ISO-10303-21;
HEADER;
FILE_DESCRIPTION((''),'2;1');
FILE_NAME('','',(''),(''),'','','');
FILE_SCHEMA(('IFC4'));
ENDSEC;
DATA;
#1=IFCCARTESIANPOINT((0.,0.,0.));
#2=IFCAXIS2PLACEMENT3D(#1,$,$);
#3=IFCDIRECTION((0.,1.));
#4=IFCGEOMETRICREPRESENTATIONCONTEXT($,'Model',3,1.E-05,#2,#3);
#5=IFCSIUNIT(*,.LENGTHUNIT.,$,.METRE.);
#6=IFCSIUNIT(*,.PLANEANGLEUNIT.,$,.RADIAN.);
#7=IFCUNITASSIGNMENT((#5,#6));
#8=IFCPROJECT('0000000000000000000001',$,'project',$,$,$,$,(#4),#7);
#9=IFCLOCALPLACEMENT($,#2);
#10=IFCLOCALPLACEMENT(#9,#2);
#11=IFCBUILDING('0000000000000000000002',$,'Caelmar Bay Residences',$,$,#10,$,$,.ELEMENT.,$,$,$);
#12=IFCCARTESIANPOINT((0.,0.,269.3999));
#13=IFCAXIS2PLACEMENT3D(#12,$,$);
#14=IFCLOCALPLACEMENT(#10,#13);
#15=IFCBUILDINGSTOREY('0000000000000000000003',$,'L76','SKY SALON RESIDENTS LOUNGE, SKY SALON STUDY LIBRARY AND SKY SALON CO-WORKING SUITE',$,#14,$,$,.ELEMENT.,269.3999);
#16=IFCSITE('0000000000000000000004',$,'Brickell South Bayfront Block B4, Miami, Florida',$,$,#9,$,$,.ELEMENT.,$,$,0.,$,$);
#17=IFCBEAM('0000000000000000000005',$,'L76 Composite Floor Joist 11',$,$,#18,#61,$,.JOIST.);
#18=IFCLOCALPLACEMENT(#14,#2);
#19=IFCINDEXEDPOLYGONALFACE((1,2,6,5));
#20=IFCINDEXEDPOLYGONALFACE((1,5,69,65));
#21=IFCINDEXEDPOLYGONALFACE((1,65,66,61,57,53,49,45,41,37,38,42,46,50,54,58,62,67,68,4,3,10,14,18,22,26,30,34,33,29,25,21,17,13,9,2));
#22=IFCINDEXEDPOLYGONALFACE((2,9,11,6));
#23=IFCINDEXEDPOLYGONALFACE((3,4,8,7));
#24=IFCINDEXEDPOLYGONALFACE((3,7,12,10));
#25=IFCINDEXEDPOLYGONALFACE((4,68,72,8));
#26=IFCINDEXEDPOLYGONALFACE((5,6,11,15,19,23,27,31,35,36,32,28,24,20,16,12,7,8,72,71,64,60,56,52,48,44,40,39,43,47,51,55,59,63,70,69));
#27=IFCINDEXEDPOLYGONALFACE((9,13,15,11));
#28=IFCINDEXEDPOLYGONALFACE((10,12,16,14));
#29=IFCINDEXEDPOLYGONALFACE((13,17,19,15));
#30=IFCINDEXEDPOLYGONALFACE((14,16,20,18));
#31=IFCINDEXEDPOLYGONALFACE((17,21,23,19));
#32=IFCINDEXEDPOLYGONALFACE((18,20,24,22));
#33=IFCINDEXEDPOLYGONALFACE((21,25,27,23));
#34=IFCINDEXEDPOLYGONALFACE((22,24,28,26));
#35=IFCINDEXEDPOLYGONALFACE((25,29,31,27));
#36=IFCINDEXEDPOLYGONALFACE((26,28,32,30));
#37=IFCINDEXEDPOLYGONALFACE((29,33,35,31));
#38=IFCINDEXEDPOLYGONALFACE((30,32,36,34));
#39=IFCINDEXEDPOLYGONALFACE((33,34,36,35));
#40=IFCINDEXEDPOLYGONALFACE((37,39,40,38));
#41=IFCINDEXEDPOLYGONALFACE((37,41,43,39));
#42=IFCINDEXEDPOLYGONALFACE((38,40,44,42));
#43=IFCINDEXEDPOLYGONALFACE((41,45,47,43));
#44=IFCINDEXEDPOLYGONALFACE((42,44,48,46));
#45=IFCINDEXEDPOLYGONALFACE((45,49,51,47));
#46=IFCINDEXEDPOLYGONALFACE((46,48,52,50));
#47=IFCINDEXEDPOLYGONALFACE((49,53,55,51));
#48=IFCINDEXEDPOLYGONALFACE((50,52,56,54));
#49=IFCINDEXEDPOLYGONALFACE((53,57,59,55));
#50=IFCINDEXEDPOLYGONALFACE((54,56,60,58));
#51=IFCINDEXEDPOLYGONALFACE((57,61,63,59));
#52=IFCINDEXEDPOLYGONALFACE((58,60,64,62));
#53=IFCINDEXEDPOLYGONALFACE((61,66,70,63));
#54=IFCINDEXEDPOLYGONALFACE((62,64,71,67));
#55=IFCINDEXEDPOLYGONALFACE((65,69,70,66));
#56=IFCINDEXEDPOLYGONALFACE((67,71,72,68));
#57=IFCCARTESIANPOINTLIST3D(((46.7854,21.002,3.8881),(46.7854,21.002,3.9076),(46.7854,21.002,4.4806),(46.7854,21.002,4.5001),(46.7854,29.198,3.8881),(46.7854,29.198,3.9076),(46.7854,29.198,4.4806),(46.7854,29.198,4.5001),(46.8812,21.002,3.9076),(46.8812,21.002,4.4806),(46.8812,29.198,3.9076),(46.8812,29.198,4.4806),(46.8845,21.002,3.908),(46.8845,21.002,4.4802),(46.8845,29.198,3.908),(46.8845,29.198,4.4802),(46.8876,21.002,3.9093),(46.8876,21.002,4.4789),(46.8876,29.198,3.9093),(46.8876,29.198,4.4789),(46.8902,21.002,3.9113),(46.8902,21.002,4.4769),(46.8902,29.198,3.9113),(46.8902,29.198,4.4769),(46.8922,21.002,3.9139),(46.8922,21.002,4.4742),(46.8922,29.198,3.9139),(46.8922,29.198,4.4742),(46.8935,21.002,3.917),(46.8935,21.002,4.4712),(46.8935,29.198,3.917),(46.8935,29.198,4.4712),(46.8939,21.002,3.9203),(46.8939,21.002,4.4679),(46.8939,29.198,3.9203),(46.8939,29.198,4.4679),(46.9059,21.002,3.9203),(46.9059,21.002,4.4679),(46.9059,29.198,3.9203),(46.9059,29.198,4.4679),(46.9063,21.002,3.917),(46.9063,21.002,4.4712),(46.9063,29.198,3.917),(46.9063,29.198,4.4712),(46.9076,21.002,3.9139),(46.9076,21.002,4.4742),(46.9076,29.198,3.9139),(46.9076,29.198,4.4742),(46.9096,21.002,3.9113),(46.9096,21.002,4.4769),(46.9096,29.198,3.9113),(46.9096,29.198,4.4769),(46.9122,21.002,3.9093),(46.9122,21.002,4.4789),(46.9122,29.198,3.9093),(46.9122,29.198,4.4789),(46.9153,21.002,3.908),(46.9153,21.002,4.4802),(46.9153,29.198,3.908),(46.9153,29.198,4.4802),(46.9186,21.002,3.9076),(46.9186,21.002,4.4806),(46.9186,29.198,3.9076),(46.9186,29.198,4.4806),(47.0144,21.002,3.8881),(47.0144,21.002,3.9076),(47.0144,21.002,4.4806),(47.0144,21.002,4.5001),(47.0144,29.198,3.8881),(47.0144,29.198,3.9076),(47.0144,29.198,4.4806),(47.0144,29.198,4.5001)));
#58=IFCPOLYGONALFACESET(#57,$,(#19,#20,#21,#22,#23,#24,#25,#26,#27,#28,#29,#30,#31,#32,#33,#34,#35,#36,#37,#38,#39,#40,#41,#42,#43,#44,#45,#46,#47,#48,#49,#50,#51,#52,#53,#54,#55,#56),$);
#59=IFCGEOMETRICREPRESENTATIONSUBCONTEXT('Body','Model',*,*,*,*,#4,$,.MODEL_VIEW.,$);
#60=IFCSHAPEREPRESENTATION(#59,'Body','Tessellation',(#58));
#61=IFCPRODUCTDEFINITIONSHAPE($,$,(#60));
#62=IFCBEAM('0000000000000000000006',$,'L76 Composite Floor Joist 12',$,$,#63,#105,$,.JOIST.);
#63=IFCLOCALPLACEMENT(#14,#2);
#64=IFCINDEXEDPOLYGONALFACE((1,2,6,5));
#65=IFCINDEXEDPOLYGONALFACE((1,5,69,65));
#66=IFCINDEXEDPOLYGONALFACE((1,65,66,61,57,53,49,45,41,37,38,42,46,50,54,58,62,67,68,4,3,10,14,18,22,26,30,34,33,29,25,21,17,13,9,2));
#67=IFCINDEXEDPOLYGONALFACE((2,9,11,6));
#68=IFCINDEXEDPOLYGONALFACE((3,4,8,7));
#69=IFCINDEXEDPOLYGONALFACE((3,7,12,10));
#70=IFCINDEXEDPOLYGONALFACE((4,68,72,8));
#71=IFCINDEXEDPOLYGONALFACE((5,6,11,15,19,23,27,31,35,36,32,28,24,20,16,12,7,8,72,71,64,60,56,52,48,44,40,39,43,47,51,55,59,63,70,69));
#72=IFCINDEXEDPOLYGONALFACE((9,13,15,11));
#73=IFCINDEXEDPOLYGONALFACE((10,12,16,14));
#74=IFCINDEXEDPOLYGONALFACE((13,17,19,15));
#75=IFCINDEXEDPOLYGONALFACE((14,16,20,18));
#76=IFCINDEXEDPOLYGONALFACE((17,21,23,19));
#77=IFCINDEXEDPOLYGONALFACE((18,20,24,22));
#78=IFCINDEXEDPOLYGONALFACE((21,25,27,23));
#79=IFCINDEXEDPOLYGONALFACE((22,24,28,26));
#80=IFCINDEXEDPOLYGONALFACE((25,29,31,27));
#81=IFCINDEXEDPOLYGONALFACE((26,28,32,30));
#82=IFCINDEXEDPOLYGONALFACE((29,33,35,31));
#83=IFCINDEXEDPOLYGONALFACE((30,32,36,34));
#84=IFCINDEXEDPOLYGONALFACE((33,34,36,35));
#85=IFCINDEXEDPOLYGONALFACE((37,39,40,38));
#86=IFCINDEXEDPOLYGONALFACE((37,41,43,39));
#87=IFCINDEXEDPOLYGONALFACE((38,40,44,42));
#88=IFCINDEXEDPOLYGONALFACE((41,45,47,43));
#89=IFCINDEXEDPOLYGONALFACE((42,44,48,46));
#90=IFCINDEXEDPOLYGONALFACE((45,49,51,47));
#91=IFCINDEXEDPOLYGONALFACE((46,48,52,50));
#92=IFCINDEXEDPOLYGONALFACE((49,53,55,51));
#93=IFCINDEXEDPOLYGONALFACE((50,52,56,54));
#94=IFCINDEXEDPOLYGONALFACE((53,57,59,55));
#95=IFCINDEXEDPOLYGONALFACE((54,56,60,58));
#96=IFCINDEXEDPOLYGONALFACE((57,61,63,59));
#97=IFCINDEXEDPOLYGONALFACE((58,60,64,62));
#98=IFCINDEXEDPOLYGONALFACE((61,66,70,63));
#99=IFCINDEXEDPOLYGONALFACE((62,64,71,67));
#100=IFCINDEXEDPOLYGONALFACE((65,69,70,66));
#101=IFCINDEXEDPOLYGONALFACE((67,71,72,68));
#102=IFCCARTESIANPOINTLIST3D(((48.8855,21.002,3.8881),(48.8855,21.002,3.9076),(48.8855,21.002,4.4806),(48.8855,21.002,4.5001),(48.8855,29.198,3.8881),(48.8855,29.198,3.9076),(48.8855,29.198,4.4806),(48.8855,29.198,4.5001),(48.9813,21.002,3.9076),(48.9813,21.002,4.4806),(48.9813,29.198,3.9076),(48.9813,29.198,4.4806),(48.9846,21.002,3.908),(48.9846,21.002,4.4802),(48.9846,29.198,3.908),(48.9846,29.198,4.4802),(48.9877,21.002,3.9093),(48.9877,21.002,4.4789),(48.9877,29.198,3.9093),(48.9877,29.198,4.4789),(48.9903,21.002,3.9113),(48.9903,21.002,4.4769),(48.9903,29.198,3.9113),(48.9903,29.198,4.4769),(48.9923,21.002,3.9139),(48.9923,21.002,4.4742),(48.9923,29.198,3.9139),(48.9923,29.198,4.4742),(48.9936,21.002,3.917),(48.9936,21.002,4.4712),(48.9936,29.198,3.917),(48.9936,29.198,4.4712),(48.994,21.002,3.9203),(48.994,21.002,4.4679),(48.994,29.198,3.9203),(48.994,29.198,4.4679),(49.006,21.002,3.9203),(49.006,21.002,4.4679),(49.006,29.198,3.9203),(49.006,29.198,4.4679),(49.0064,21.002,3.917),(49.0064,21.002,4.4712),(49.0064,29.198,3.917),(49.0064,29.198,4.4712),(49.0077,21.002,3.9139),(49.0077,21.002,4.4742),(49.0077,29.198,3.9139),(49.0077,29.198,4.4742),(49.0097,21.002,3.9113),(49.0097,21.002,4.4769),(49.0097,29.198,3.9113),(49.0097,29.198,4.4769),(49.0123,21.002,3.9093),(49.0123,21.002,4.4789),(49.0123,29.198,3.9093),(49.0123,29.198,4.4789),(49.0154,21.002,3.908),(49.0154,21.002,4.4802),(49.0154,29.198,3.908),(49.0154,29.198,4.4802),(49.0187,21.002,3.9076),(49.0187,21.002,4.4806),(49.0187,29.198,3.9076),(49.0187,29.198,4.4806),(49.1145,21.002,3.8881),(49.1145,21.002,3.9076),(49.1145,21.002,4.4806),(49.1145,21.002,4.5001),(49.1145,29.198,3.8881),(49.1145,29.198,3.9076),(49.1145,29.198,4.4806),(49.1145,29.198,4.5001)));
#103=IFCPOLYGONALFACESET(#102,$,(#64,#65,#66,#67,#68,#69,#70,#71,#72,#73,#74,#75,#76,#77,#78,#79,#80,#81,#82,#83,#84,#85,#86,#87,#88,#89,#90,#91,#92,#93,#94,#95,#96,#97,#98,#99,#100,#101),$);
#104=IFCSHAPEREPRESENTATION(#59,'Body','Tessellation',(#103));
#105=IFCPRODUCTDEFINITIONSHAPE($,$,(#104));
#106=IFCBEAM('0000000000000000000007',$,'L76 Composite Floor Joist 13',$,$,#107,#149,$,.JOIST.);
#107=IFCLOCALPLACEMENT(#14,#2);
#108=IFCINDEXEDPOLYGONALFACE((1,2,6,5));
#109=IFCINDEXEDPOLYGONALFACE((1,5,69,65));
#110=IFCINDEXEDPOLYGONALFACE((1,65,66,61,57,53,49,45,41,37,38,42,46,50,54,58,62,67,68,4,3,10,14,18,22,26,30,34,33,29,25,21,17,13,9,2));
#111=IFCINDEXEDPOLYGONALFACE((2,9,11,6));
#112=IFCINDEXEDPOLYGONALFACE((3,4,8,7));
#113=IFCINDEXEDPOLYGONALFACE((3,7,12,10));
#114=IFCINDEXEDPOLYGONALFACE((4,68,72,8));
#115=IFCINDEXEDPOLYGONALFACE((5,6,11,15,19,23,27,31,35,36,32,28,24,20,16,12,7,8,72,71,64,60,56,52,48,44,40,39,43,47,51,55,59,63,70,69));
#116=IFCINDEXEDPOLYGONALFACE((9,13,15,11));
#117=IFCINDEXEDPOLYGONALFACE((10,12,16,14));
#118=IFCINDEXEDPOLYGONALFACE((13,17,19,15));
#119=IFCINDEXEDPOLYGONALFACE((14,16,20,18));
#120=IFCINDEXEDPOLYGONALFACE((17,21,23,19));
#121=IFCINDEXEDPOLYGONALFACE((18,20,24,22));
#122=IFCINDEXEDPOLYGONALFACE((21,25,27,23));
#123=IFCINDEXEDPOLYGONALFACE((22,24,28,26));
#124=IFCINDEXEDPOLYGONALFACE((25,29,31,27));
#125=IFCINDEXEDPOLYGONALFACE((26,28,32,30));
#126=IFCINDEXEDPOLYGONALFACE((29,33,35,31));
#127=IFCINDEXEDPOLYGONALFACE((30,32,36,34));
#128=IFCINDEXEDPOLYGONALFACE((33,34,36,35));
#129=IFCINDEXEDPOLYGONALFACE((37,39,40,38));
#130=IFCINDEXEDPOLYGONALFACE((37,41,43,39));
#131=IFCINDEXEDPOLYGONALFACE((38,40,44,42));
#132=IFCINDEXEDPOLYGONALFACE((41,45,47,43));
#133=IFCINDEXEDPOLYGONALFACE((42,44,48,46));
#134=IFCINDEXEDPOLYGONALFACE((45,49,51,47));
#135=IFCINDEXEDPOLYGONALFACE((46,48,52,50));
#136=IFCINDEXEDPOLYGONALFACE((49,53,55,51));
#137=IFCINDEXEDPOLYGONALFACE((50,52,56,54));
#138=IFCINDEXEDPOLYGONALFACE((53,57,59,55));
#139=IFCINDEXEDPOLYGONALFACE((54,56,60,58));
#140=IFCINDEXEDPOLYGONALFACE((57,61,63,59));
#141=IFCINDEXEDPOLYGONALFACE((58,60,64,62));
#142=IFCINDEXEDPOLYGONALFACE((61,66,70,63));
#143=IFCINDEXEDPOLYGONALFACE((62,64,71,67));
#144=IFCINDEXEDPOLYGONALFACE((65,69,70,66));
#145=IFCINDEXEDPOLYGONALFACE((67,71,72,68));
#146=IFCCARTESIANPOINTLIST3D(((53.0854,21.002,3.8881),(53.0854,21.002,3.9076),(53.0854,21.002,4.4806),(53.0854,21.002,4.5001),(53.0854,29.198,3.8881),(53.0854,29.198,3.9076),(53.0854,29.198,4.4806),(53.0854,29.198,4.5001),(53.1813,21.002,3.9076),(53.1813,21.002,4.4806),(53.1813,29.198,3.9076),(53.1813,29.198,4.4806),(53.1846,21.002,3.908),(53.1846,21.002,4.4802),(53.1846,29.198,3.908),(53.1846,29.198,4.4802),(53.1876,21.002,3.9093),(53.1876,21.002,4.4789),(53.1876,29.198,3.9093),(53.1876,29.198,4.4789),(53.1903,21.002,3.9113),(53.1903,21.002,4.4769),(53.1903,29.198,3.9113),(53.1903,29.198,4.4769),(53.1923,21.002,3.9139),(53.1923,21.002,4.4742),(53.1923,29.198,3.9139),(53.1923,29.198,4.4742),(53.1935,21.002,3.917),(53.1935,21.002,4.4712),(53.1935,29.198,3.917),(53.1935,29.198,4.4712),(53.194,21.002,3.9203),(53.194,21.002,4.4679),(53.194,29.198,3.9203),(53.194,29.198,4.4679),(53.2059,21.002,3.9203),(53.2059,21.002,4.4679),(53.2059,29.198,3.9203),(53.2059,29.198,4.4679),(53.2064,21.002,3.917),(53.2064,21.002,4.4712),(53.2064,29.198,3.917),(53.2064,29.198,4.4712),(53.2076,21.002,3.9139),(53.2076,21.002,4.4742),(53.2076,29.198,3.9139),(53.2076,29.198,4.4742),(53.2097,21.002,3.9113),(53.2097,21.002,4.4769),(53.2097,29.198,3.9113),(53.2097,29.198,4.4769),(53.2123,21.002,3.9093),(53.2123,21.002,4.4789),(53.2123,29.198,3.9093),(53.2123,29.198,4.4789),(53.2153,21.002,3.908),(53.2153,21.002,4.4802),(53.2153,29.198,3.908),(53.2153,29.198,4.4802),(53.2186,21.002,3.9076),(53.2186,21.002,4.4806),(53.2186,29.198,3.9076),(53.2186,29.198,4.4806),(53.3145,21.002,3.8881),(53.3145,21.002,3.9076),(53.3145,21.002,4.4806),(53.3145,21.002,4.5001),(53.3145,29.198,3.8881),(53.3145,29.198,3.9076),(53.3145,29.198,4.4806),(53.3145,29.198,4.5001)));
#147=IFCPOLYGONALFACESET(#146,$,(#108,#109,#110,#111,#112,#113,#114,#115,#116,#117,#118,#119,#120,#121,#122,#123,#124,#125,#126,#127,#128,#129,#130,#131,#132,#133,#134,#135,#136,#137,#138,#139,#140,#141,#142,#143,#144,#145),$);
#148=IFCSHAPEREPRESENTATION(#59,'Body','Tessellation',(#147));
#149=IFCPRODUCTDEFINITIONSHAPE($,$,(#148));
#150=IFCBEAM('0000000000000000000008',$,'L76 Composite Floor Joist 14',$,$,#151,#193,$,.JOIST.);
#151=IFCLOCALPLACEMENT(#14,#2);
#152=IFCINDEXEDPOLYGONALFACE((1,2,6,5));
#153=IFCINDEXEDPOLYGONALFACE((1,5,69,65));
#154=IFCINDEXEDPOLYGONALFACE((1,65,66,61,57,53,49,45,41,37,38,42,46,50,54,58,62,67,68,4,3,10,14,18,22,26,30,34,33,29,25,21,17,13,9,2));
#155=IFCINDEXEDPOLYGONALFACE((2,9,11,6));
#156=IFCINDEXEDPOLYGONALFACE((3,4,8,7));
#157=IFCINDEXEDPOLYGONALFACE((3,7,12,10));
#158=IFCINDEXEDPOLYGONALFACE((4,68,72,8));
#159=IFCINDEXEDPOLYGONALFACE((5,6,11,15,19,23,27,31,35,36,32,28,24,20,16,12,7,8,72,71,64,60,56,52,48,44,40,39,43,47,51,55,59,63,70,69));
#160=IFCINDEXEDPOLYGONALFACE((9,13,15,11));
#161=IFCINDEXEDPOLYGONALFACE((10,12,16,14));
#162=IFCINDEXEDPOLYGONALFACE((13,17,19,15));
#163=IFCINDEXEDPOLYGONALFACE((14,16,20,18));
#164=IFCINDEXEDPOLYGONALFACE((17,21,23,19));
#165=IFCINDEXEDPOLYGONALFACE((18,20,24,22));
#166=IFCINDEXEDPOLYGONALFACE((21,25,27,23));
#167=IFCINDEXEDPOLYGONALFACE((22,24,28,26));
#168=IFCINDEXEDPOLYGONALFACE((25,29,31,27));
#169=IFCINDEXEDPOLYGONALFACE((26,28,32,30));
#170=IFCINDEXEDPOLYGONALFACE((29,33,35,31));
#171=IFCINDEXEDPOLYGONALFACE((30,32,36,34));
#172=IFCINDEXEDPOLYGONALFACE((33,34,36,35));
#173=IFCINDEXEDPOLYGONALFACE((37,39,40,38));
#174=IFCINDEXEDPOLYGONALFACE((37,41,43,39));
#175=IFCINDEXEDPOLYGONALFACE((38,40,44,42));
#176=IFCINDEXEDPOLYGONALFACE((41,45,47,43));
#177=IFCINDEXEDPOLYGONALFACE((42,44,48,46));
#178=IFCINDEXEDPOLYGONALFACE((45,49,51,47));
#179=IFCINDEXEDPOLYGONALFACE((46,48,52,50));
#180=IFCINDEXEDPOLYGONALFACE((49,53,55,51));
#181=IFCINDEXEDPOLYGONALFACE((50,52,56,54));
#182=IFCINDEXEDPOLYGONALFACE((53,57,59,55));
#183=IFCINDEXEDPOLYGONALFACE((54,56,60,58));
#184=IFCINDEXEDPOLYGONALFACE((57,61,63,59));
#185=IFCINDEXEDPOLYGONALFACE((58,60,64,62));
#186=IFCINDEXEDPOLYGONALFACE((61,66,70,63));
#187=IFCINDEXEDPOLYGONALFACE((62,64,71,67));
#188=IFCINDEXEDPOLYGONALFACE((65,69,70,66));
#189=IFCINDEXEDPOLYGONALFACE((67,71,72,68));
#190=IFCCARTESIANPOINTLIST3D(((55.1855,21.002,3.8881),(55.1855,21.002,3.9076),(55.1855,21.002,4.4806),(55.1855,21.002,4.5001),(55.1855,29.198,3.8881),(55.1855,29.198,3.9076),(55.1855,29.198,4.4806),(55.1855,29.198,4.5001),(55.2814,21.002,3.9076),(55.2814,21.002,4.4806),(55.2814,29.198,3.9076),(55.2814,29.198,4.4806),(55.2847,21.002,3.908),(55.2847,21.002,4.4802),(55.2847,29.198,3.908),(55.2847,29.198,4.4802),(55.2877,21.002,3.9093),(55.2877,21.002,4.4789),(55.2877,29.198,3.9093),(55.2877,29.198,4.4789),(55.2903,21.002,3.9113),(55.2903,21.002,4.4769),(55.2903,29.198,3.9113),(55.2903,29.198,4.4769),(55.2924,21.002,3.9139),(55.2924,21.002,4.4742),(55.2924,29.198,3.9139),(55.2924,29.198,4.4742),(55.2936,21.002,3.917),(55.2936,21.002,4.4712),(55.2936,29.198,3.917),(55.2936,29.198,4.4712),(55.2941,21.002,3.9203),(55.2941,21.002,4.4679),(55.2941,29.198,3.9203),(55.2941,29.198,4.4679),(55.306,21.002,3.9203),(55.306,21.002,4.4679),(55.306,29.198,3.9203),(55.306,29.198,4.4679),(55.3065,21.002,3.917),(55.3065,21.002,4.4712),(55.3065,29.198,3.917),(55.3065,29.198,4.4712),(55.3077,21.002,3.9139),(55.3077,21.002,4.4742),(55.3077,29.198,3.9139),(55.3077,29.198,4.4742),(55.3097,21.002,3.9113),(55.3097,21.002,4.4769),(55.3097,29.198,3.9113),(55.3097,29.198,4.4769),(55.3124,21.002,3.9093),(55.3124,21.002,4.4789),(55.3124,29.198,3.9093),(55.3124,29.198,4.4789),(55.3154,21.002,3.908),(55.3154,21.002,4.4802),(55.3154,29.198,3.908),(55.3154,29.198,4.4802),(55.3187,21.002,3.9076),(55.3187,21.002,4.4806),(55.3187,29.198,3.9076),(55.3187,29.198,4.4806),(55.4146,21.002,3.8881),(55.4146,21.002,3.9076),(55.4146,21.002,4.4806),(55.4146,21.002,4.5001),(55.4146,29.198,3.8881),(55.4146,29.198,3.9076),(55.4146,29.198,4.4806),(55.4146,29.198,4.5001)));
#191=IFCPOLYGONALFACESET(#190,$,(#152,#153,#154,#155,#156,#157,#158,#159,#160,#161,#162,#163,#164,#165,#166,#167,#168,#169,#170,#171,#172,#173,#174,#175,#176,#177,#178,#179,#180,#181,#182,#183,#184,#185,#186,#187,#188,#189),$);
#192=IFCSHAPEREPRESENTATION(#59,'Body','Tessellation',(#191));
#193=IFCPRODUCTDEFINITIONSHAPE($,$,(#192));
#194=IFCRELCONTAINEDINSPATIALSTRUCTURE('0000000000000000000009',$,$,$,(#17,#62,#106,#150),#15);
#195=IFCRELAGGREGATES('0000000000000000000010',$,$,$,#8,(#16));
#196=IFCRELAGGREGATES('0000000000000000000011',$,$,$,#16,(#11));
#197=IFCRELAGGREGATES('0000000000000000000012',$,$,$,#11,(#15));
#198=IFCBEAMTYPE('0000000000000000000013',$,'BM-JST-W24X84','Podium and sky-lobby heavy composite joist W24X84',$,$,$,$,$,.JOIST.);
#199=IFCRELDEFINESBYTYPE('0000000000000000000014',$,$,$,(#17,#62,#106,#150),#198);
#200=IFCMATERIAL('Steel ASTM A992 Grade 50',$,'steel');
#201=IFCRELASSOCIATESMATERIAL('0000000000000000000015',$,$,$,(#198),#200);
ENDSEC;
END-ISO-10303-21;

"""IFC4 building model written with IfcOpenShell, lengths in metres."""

from ifc_helpers import new_model, si_unit, direction, frame, origin, origin_2d, place, context, subcontext, project, spatial, i_section, extrude, material, material_profile, profile_set, type_object, element, save


model = new_model("IFC4")

# Units and contexts
model_context = context("Model", 3, precision=1e-05, world=origin(), true_north=direction((0.0, 1.0)))
body_context = subcontext(model_context, "Body", "Model", "MODEL_VIEW")
ifc_project = project(units=[si_unit("LENGTHUNIT", "METRE"), si_unit("PLANEANGLEUNIT", "RADIAN")], contexts=[model_context])

# Site, building, storey
site_placement = place(None, origin())
site = spatial("IfcSite", under=ifc_project, at=site_placement, Name="Brickell South Bayfront Block B4, Miami, Florida", CompositionType="ELEMENT", RefElevation=0.0)
building_placement = place(site_placement, origin())
building = spatial("IfcBuilding", under=site, at=building_placement, Name="Caelmar Bay Residences", CompositionType="ELEMENT")
storey_placement = place(building_placement, frame((0.0, 0.0, 269.3999)))
storey = spatial("IfcBuildingStorey", under=building, at=storey_placement, Name="L76", Description="SKY SALON RESIDENTS LOUNGE, SKY SALON STUDY LIBRARY AND SKY SALON CO-WORKING SUITE", CompositionType="ELEMENT", Elevation=269.3999)

# Beams
ifc_material_1 = material(Name="Steel ASTM A992 Grade 50", Category="steel")
ifc_material_profile_1 = material_profile(ifc_material_1, i_section(OverallWidth=0.229, OverallDepth=0.6121, WebThickness=0.012, FlangeThickness=0.0195, FilletRadius=0.0127, at=origin_2d()), Name="W24X84")
ifc_profile_set_1 = profile_set([ifc_material_profile_1], Name="Steel ASTM A992 Grade 50")
beam_type_1 = type_object("IfcBeamType", Name="BM-JST-W24X84", Description="Podium and sky-lobby heavy composite joist W24X84", PredefinedType="JOIST", material=ifc_profile_set_1)
for number, where, z_axis, x_axis, name in (
    (1, (46.8999, 21.002, 4.1941), (0.0, 1.0, 0.0), (-1.0, 0.0, 0.0), "L76 Composite Floor Joist 11"),
    (2, (49.0, 21.002, 4.1941), (0.0, 1.0, 0.0), (-1.0, 0.0, 0.0), "L76 Composite Floor Joist 12"),
    (3, (53.2, 21.002, 4.1941), (0.0, 1.0, 0.0), (-1.0, 0.0, 0.0), "L76 Composite Floor Joist 13"),
    (4, (55.3, 21.002, 4.1941), (0.0, 1.0, 0.0), (-1.0, 0.0, 0.0), "L76 Composite Floor Joist 14"),
):
    element("IfcBeam", number, at=place(storey_placement, frame(where, z_axis=z_axis, x_axis=x_axis)), inside=storey, type_object=beam_type_1, Name=name, PredefinedType="JOIST", context=body_context, shape_type="SweptSolid", body=[
        extrude(i_section(OverallWidth=0.229, OverallDepth=0.6121, WebThickness=0.012, FlangeThickness=0.0195, FilletRadius=0.0127, at=origin_2d()), origin(), (0.0, 0.0, 1.0), 8.196),
    ])

save(model, "model.ifc")
